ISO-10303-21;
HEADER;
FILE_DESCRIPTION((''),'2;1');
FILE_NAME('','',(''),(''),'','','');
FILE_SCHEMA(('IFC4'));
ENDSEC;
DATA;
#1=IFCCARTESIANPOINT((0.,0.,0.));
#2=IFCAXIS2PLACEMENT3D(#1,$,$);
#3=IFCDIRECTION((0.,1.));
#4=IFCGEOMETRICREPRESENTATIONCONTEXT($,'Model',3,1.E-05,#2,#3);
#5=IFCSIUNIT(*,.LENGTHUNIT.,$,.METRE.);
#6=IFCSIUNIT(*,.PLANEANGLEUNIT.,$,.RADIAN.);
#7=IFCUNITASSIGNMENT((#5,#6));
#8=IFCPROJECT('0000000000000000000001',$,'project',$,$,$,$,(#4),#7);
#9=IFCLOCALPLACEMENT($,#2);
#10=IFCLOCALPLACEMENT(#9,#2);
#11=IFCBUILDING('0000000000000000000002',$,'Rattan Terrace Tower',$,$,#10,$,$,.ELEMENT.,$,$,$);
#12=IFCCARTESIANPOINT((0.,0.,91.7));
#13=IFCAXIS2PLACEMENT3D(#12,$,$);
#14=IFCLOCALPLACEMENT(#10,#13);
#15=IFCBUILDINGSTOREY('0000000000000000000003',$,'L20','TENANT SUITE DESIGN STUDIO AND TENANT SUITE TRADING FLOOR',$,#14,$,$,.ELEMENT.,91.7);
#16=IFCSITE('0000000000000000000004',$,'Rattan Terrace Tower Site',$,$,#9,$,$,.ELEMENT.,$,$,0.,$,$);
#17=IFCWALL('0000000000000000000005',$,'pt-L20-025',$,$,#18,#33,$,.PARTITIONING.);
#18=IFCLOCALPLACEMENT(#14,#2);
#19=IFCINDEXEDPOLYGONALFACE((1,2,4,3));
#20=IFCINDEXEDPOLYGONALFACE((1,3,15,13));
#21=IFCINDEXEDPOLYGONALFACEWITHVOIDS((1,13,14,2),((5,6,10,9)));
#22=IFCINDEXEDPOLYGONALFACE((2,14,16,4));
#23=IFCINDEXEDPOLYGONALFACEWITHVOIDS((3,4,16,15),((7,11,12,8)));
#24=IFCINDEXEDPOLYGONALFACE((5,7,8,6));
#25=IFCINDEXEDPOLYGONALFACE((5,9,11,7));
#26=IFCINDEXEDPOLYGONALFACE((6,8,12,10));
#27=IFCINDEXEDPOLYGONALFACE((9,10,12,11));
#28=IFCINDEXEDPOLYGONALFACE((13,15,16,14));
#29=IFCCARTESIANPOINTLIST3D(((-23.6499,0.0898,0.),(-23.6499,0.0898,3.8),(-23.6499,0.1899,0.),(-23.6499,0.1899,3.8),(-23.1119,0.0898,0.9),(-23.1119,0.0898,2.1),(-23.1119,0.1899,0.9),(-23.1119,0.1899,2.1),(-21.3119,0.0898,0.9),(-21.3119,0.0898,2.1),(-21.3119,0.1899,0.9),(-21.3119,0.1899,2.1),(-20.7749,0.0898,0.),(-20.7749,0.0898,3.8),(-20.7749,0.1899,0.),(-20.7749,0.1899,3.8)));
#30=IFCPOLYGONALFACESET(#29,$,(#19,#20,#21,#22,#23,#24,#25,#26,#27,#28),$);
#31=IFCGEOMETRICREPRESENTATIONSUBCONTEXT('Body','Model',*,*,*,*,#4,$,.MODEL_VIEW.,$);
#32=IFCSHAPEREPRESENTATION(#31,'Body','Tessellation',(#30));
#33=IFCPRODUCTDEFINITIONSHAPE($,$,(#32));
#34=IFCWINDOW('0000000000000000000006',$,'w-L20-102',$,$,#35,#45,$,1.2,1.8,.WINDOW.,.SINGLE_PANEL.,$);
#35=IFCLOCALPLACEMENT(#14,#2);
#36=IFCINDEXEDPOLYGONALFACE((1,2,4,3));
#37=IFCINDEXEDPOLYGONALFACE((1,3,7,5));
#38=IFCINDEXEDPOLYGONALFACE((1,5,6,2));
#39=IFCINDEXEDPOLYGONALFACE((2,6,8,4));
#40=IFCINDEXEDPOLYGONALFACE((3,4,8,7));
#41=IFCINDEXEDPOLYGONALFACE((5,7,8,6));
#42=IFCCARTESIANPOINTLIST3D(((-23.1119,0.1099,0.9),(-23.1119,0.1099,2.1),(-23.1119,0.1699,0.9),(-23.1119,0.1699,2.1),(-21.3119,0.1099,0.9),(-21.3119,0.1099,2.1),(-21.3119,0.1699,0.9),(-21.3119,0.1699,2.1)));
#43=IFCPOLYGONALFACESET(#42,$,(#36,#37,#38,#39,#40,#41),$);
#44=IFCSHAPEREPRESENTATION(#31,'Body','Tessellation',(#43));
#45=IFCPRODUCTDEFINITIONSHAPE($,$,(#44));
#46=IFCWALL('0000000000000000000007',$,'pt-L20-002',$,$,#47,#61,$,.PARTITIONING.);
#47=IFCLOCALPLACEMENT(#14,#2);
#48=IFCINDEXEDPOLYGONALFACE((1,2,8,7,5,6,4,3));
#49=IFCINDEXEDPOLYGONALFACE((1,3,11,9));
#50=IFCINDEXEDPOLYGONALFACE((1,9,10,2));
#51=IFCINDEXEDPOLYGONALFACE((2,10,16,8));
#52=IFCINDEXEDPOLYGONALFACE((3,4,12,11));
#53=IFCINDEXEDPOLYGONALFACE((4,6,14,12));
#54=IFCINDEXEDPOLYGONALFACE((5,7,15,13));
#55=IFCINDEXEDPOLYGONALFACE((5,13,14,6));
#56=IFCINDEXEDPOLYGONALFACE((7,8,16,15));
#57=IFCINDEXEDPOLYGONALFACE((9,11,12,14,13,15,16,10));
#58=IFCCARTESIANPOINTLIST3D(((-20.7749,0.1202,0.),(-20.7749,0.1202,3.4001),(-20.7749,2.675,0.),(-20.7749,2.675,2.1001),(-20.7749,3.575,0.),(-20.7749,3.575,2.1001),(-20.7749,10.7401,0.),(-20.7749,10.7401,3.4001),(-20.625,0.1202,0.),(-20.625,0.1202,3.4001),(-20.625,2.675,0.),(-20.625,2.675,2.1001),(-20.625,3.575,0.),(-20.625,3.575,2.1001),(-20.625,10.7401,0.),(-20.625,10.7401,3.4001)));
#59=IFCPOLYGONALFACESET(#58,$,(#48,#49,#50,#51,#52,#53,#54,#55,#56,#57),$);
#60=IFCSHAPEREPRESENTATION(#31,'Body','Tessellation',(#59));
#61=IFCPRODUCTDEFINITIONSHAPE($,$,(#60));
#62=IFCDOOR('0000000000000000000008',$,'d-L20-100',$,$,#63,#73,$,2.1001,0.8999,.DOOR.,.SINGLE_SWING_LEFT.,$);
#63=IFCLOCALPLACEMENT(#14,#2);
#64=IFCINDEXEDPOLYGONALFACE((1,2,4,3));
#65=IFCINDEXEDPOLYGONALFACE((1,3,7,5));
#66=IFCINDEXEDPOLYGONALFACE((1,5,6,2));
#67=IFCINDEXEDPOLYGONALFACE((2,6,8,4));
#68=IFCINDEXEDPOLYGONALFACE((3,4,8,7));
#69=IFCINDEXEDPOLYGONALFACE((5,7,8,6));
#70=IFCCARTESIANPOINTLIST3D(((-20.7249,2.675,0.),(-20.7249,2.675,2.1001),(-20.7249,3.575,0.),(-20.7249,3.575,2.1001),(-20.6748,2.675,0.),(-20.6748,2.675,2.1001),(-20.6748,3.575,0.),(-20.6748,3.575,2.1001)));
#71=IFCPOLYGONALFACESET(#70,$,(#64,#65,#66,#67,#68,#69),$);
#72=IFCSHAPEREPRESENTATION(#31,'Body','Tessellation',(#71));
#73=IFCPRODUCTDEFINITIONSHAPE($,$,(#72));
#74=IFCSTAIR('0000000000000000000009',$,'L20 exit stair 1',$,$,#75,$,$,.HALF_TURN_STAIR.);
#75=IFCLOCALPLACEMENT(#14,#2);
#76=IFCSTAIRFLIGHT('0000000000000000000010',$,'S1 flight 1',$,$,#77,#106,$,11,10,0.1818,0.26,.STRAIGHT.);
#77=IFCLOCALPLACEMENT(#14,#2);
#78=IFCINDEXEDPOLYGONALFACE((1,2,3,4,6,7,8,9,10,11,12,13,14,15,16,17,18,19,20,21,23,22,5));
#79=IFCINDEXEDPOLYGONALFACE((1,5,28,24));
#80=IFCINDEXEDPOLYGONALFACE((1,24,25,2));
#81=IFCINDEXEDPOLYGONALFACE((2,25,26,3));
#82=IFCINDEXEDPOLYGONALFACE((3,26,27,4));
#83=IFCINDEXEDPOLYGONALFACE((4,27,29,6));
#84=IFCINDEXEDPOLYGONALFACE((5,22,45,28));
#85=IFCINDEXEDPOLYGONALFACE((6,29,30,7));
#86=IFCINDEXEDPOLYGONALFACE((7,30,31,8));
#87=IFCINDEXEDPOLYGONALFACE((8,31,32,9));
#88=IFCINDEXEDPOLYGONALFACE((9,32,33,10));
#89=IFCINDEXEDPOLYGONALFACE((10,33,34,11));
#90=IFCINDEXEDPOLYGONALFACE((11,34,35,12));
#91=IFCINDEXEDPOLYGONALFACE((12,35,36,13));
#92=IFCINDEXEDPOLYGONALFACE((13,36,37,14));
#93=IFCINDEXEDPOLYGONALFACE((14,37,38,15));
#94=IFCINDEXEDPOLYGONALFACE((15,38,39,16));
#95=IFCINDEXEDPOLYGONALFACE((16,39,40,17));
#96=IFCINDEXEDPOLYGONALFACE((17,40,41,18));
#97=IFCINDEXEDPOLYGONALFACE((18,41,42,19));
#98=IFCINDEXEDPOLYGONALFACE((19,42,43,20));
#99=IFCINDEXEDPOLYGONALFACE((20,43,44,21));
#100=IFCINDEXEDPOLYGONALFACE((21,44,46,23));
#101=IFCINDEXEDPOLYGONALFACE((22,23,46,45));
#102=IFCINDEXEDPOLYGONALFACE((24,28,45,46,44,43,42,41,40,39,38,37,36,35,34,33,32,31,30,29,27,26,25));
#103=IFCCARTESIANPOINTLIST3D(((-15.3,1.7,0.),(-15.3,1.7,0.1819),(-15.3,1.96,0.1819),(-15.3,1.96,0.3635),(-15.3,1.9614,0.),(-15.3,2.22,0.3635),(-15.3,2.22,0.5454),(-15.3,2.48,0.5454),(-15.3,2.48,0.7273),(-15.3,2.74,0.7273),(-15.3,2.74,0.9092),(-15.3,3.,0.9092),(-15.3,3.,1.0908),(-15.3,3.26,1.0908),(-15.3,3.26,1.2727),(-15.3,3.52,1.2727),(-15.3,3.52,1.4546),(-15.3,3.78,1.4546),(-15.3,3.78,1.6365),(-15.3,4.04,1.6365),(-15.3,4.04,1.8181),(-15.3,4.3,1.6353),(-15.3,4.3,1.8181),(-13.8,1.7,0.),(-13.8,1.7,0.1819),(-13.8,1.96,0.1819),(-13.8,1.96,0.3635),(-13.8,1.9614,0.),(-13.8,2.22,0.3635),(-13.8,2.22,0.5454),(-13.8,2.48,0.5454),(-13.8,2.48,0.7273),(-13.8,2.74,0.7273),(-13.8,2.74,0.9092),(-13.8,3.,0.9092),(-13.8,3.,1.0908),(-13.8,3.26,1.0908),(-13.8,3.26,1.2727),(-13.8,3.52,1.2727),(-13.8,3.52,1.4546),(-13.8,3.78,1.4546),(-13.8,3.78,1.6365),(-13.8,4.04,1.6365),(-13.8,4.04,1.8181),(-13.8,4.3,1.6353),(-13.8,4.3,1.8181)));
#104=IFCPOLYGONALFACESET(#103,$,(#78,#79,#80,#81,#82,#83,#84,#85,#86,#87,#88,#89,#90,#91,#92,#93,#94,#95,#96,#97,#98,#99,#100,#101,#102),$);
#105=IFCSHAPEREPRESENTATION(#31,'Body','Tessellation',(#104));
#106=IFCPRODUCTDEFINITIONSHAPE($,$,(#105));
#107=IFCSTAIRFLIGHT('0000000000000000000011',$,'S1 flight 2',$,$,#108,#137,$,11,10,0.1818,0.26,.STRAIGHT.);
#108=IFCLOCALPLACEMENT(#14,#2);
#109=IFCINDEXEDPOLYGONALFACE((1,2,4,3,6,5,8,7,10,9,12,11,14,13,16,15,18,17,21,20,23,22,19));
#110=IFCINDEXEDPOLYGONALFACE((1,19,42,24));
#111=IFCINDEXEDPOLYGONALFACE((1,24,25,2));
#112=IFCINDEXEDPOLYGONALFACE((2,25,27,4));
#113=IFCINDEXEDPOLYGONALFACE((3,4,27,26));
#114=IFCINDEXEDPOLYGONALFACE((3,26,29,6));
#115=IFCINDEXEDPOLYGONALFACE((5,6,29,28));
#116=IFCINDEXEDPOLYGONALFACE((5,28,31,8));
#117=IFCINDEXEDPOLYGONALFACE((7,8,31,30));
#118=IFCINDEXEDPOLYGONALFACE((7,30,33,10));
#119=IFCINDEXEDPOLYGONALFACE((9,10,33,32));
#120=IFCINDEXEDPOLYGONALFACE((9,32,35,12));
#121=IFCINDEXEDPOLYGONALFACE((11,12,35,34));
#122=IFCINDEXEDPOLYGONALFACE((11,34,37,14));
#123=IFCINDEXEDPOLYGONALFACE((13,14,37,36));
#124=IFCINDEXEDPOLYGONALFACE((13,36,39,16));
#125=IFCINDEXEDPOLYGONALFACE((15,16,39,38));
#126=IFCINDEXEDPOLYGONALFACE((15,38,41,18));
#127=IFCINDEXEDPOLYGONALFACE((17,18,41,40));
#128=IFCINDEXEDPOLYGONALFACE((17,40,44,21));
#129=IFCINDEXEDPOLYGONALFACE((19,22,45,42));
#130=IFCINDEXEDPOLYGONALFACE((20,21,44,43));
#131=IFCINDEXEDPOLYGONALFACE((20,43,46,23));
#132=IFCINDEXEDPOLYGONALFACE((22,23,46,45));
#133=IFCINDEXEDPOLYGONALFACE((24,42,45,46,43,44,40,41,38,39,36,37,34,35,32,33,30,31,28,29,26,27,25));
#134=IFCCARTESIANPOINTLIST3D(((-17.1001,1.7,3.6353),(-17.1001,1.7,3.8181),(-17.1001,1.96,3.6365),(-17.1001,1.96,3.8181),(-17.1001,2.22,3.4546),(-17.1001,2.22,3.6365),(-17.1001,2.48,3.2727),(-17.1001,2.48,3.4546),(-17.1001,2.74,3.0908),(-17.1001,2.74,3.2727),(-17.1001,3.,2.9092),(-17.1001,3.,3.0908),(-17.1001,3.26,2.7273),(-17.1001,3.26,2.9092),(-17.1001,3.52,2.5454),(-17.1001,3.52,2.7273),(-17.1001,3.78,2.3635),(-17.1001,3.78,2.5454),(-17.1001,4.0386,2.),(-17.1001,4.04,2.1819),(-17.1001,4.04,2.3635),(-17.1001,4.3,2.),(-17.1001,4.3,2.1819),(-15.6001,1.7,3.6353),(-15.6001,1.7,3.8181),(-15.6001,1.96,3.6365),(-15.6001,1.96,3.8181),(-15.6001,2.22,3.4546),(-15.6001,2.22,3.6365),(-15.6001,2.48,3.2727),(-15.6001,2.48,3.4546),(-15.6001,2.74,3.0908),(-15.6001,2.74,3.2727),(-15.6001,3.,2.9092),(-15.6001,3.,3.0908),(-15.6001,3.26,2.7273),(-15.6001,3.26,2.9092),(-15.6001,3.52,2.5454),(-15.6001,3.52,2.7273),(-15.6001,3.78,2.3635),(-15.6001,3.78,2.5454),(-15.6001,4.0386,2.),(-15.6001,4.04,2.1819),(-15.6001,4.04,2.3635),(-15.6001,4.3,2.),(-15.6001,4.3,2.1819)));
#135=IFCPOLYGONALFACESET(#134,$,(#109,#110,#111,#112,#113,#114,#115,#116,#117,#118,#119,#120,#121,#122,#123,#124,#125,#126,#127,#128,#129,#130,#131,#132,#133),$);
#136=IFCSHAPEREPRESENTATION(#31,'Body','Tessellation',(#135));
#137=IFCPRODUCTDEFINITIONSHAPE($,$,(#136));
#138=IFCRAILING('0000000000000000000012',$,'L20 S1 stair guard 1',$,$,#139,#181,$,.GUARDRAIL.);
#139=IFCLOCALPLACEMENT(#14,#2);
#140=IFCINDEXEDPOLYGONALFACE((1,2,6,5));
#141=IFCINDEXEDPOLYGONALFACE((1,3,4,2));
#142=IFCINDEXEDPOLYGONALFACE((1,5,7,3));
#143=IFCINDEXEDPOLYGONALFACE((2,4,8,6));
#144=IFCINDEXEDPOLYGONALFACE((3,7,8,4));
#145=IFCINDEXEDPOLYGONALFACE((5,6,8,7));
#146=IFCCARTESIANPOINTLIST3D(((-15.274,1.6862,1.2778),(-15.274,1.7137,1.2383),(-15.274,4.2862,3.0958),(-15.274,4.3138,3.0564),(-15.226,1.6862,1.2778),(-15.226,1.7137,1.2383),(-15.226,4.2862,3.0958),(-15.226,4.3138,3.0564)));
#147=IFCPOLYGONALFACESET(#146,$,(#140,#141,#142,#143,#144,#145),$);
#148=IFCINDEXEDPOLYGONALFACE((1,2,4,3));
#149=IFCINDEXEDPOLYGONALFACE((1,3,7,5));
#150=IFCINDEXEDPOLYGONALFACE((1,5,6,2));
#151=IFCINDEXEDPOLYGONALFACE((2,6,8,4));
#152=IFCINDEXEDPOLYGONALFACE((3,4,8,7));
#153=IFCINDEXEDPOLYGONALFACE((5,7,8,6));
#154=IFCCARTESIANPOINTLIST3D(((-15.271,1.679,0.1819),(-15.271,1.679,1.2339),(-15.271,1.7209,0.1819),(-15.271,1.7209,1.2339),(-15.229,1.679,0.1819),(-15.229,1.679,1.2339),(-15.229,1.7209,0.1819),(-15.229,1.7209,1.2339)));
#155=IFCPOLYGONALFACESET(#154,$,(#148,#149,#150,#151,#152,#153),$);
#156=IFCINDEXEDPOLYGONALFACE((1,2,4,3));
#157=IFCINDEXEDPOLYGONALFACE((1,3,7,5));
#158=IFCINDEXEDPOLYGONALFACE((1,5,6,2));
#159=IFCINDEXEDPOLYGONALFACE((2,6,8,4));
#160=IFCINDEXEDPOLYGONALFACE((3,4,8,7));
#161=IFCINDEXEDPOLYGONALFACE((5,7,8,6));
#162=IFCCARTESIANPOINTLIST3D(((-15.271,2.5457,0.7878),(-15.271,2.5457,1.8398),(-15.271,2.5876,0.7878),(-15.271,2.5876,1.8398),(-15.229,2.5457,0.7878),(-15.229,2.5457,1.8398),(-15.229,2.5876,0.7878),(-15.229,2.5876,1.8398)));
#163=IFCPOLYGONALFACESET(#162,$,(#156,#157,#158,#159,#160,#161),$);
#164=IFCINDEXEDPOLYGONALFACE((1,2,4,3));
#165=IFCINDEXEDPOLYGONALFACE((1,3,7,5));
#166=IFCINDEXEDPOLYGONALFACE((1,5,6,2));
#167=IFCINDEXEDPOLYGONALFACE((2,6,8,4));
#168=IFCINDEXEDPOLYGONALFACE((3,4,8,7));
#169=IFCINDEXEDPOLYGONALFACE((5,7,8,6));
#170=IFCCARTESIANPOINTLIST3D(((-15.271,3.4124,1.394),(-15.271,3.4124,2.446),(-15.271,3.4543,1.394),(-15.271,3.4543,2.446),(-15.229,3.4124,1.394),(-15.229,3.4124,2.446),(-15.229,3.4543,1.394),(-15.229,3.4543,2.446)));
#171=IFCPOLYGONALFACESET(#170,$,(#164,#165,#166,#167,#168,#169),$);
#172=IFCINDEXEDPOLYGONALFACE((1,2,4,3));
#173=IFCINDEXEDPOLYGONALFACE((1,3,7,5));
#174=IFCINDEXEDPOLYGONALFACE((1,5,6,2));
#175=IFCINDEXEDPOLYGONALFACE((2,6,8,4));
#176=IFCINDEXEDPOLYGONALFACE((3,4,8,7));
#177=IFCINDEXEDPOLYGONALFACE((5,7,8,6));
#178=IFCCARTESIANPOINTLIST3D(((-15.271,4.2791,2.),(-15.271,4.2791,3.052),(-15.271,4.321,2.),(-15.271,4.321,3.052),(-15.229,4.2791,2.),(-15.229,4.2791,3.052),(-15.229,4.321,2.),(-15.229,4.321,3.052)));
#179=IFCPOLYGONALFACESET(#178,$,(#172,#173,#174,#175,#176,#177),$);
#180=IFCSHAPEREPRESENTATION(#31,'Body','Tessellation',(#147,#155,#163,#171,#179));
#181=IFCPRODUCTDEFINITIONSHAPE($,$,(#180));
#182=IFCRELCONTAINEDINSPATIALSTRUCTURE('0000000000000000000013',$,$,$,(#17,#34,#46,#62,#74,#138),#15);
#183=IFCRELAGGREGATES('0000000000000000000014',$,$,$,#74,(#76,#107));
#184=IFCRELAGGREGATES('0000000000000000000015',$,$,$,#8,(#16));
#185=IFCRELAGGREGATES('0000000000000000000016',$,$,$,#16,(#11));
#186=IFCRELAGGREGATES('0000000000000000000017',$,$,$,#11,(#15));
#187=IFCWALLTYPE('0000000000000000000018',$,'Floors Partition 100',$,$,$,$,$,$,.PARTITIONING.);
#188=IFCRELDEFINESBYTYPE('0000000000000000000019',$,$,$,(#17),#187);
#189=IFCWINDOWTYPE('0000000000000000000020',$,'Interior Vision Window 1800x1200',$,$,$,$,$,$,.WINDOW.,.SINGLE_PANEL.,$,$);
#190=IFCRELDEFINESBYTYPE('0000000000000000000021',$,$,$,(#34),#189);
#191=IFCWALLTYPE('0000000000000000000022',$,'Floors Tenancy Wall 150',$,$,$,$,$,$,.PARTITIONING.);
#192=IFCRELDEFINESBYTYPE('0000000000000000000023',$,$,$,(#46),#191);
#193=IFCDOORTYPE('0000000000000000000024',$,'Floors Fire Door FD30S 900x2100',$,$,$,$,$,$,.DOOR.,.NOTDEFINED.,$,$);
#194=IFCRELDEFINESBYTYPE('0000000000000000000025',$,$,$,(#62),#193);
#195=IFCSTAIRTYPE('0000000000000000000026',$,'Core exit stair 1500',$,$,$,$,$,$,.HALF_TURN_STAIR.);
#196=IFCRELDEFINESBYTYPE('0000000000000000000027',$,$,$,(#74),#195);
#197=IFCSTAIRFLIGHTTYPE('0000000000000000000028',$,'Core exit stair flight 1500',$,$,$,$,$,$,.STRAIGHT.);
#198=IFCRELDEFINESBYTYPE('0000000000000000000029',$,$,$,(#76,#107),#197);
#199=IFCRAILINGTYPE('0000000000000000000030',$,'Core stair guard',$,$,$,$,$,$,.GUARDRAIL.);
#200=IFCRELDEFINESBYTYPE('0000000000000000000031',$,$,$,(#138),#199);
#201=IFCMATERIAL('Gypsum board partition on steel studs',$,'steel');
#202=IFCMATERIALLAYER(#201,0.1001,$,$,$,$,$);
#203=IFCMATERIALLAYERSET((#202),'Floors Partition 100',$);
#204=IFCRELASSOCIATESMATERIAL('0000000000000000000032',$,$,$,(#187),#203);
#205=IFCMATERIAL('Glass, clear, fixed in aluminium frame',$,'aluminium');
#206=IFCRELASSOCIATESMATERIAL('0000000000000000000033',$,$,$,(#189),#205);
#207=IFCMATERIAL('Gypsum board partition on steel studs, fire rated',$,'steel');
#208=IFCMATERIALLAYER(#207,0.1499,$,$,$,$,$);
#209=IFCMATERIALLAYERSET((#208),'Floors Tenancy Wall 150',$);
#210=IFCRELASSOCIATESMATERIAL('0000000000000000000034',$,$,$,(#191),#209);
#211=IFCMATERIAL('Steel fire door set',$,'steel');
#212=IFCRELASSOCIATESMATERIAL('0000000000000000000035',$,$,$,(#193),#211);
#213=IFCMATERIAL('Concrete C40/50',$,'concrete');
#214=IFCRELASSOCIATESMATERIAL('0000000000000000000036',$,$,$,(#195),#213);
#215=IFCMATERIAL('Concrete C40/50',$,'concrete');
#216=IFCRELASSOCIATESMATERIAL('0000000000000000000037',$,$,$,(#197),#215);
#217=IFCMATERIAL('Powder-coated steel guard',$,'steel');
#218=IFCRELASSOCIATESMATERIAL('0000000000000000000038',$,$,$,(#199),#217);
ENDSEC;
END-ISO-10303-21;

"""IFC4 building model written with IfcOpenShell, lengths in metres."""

from ifc_helpers import new_model, si_unit, direction, frame, frame_2d, origin, origin_2d, place, context, subcontext, project, spatial, polyline, rectangle, outline, extrude, material, layer, layer_set, type_object, element, fill, aggregate, save


model = new_model("IFC4")

# Units and contexts
model_context = context("Model", 3, precision=1e-05, world=origin(), true_north=direction((0.0, 1.0)))
body_context = subcontext(model_context, "Body", "Model", "MODEL_VIEW")
ifc_project = project(units=[si_unit("LENGTHUNIT", "METRE"), si_unit("PLANEANGLEUNIT", "RADIAN")], contexts=[model_context])

# Site, building, storey
site_placement = place(None, origin())
site = spatial("IfcSite", under=ifc_project, at=site_placement, Name="Rattan Terrace Tower Site", CompositionType="ELEMENT", RefElevation=0.0)
building_placement = place(site_placement, origin())
building = spatial("IfcBuilding", under=site, at=building_placement, Name="Rattan Terrace Tower", CompositionType="ELEMENT")
storey_placement = place(building_placement, frame((0.0, 0.0, 91.7)))
storey = spatial("IfcBuildingStorey", under=building, at=storey_placement, Name="L20", Description="TENANT SUITE DESIGN STUDIO AND TENANT SUITE TRADING FLOOR", CompositionType="ELEMENT", Elevation=91.7)

# Shared definitions
ifc_material_1 = material(Name="Gypsum board partition on steel studs", Category="steel")
ifc_layer_1 = layer(ifc_material_1, 0.1001)
ifc_layer_set_1 = layer_set([ifc_layer_1], Name="Floors Partition 100")
wall_type_1 = type_object("IfcWallType", Name="Floors Partition 100", PredefinedType="PARTITIONING", material=ifc_layer_set_1)
ifc_material_2 = material(Name="Glass, clear, fixed in aluminium frame", Category="aluminium")
window_type = type_object("IfcWindowType", Name="Interior Vision Window 1800x1200", PartitioningType="SINGLE_PANEL", PredefinedType="WINDOW", material=ifc_material_2)

# Wall, opening, window
wall_1_placement = place(storey_placement, frame((-20.7749, 0.1399, 0.0), z_axis=(0.0, 0.0, 1.0), x_axis=(-1.0, 0.0, 0.0)))
wall_1 = element("IfcWall", 1, at=wall_1_placement, inside=storey, type_object=wall_type_1, Name="pt-L20-025", PredefinedType="PARTITIONING", context=body_context, shape_type="SweptSolid", body=[
    extrude(rectangle(XDim=2.875, YDim=0.1001, at=frame_2d((1.4375, 0.0))), origin(), (0.0, 0.0, 1.0), 3.8),
])
opening_1_placement = place(wall_1_placement, frame((0.5371, 0.0, 0.8999)))
opening_1 = element("IfcOpeningElement", 2, at=opening_1_placement, cuts=wall_1, PredefinedType="OPENING", context=body_context, shape_type="SweptSolid", body=[
    extrude(rectangle(XDim=1.8, YDim=1.2, at=frame_2d((0.8999, 0.6001))), frame((0.0, 0.0605, 0.0), z_axis=(0.0, -1.0, 0.0), x_axis=(1.0, 0.0, 0.0)), (0.0, 0.0, 1.0), 0.1211),
])
window_1_placement = place(opening_1_placement, origin())
window_1 = element("IfcWindow", 3, at=window_1_placement, inside=storey, type_object=window_type, Name="w-L20-102", OverallHeight=1.2, OverallWidth=1.8, PartitioningType="SINGLE_PANEL", PredefinedType="WINDOW", context=body_context, shape_type="SweptSolid", body=[
    extrude(rectangle(XDim=1.8, YDim=1.2, at=frame_2d((0.8999, 0.6001))), frame((0.0, 0.03, 0.0), z_axis=(0.0, -1.0, 0.0), x_axis=(1.0, 0.0, 0.0)), (0.0, 0.0, 1.0), 0.0601),
])
fill(opening_1, window_1)

# Wall, opening, door
ifc_material_3 = material(Name="Gypsum board partition on steel studs, fire rated", Category="steel")
ifc_layer_2 = layer(ifc_material_3, 0.1499)
ifc_layer_set_2 = layer_set([ifc_layer_2], Name="Floors Tenancy Wall 150")
wall_type_2 = type_object("IfcWallType", Name="Floors Tenancy Wall 150", PredefinedType="PARTITIONING", material=ifc_layer_set_2)
wall_2_placement = place(storey_placement, frame((-20.7, 0.1201, 0.0), z_axis=(0.0, 0.0, 1.0), x_axis=(0.0, 1.0, 0.0)))
wall_2 = element("IfcWall", 4, at=wall_2_placement, inside=storey, type_object=wall_type_2, Name="pt-L20-002", PredefinedType="PARTITIONING", context=body_context, shape_type="SweptSolid", body=[
    extrude(rectangle(XDim=10.6199, YDim=0.1499, at=frame_2d((5.3101, 0.0))), origin(), (0.0, 0.0, 1.0), 3.4001),
])
opening_2_placement = place(wall_2_placement, frame((2.5549, 0.0, 0.0)))
opening_2 = element("IfcOpeningElement", 5, at=opening_2_placement, cuts=wall_2, PredefinedType="OPENING", context=body_context, shape_type="SweptSolid", body=[
    extrude(rectangle(XDim=0.8999, YDim=2.1001, at=frame_2d((0.45, 1.05))), frame((0.0, 0.0854, 0.0), z_axis=(0.0, -1.0, 0.0), x_axis=(1.0, 0.0, 0.0)), (0.0, 0.0, 1.0), 0.1709),
])
ifc_material_4 = material(Name="Steel fire door set", Category="steel")
door_type_1 = type_object("IfcDoorType", Name="Floors Fire Door FD30S 900x2100", OperationType="NOTDEFINED", PredefinedType="DOOR", material=ifc_material_4)
door_1_placement = place(opening_2_placement, origin())
door_1 = element("IfcDoor", 6, at=door_1_placement, inside=storey, type_object=door_type_1, Name="d-L20-100", OperationType="SINGLE_SWING_LEFT", OverallHeight=2.1001, OverallWidth=0.8999, PredefinedType="DOOR", context=body_context, shape_type="SweptSolid", body=[
    extrude(rectangle(XDim=0.8999, YDim=2.1001, at=frame_2d((0.45, 1.05))), frame((0.0, 0.0249, 0.0), z_axis=(0.0, -1.0, 0.0), x_axis=(1.0, 0.0, 0.0)), (0.0, 0.0, 1.0), 0.05),
])
fill(opening_2, door_1)

# Stair, stair flights
ifc_material_5 = material(Name="Concrete C40/50", Category="concrete")
stair_type = type_object("IfcStairType", Name="Core exit stair 1500", PredefinedType="HALF_TURN_STAIR", material=ifc_material_5)
stair_placement = place(storey_placement, origin())
stair = element("IfcStair", 7, at=stair_placement, inside=storey, type_object=stair_type, Name="L20 exit stair 1", PredefinedType="HALF_TURN_STAIR")
ifc_material_6 = material(Name="Concrete C40/50", Category="concrete")
stair_flight_type = type_object("IfcStairFlightType", Name="Core exit stair flight 1500", PredefinedType="STRAIGHT", material=ifc_material_6)
stair_flight_1_placement = place(storey_placement, frame((-14.55, 1.7, 0.0), z_axis=(0.0, 0.0, 1.0), x_axis=(0.0, 1.0, 0.0)))
stair_flight_1 = element("IfcStairFlight", 8, at=stair_flight_1_placement, type_object=stair_flight_type, Name="S1 flight 1", NumberOfRisers=11, NumberOfTreads=10, PredefinedType="STRAIGHT", RiserHeight=0.1818, TreadLength=0.26, context=body_context, shape_type="SweptSolid", body=[
    extrude(outline(polyline([(0.0, 0.0), (0.0, 0.1819), (0.26, 0.1819), (0.26, 0.3635), (0.52, 0.3635), (0.52, 0.5454), (0.78, 0.5454), (0.78, 0.7273), (1.04, 0.7273), (1.04, 0.9092), (1.3, 0.9092), (1.3, 1.0908), (1.5601, 1.0908), (1.5601, 1.2727), (1.8201, 1.2727), (1.8201, 1.4546), (2.0801, 1.4546), (2.0801, 1.6365), (2.3401, 1.6365), (2.3401, 1.8181), (2.6001, 1.8181), (2.6001, 2.0), (2.6001, 1.6353), (0.2615, 0.0), (0.0, 0.0)])), frame((0.0, 0.75, 0.0), z_axis=(0.0, -1.0, 0.0), x_axis=(1.0, 0.0, 0.0)), (0.0, 0.0, 1.0), 1.5),
])
stair_flight_2_placement = place(storey_placement, frame((-16.3501, 4.3, 2.0), z_axis=(0.0, 0.0, 1.0), x_axis=(0.0, -1.0, 0.0)))
stair_flight_2 = element("IfcStairFlight", 9, at=stair_flight_2_placement, type_object=stair_flight_type, Name="S1 flight 2", NumberOfRisers=11, NumberOfTreads=10, PredefinedType="STRAIGHT", RiserHeight=0.1818, TreadLength=0.26, context=body_context, shape_type="SweptSolid", body=[
    extrude(outline(polyline([(0.0, 0.0), (0.0, 0.1819), (0.26, 0.1819), (0.26, 0.3635), (0.52, 0.3635), (0.52, 0.5454), (0.78, 0.5454), (0.78, 0.7273), (1.04, 0.7273), (1.04, 0.9092), (1.3, 0.9092), (1.3, 1.0908), (1.5601, 1.0908), (1.5601, 1.2727), (1.8201, 1.2727), (1.8201, 1.4546), (2.0801, 1.4546), (2.0801, 1.6365), (2.3401, 1.6365), (2.3401, 1.8181), (2.6001, 1.8181), (2.6001, 2.0), (2.6001, 1.6353), (0.2615, 0.0), (0.0, 0.0)])), frame((0.0, 0.75, 0.0), z_axis=(0.0, -1.0, 0.0), x_axis=(1.0, 0.0, 0.0)), (0.0, 0.0, 1.0), 1.5),
])
aggregate(stair, [stair_flight_1, stair_flight_2])

# Railing
ifc_material_7 = material(Name="Powder-coated steel guard", Category="steel")
railing_type_1 = type_object("IfcRailingType", Name="Core stair guard", PredefinedType="GUARDRAIL", material=ifc_material_7)
railing_1_placement = place(storey_placement, frame((-15.25, 1.7, 0.1819)))
element("IfcRailing", 10, at=railing_1_placement, inside=storey, type_object=railing_type_1, Name="L20 S1 stair guard 1", PredefinedType="GUARDRAIL", context=body_context, shape_type="SweptSolid", body=[
    extrude(rectangle(XDim=0.0481, YDim=0.0481, at=origin_2d()), frame((0.0, 0.0, 1.0762), z_axis=(0.0, 0.819521, 0.573049), x_axis=(-1.0, 0.0, 0.0)), (0.0, 0.0, 1.0), 3.1726),
    extrude(rectangle(XDim=0.042, YDim=0.042, at=origin_2d()), origin(), (0.0, 0.0, 1.0), 1.052),
    extrude(rectangle(XDim=0.042, YDim=0.042, at=origin_2d()), frame((0.0, 0.8667, 0.606)), (0.0, 0.0, 1.0), 1.052),
    extrude(rectangle(XDim=0.042, YDim=0.042, at=origin_2d()), frame((0.0, 1.7334, 1.2122)), (0.0, 0.0, 1.0), 1.052),
    extrude(rectangle(XDim=0.042, YDim=0.042, at=origin_2d()), frame((0.0, 2.6001, 1.8181)), (0.0, 0.0, 1.0), 1.052),
])

save(model, "model.ifc")
